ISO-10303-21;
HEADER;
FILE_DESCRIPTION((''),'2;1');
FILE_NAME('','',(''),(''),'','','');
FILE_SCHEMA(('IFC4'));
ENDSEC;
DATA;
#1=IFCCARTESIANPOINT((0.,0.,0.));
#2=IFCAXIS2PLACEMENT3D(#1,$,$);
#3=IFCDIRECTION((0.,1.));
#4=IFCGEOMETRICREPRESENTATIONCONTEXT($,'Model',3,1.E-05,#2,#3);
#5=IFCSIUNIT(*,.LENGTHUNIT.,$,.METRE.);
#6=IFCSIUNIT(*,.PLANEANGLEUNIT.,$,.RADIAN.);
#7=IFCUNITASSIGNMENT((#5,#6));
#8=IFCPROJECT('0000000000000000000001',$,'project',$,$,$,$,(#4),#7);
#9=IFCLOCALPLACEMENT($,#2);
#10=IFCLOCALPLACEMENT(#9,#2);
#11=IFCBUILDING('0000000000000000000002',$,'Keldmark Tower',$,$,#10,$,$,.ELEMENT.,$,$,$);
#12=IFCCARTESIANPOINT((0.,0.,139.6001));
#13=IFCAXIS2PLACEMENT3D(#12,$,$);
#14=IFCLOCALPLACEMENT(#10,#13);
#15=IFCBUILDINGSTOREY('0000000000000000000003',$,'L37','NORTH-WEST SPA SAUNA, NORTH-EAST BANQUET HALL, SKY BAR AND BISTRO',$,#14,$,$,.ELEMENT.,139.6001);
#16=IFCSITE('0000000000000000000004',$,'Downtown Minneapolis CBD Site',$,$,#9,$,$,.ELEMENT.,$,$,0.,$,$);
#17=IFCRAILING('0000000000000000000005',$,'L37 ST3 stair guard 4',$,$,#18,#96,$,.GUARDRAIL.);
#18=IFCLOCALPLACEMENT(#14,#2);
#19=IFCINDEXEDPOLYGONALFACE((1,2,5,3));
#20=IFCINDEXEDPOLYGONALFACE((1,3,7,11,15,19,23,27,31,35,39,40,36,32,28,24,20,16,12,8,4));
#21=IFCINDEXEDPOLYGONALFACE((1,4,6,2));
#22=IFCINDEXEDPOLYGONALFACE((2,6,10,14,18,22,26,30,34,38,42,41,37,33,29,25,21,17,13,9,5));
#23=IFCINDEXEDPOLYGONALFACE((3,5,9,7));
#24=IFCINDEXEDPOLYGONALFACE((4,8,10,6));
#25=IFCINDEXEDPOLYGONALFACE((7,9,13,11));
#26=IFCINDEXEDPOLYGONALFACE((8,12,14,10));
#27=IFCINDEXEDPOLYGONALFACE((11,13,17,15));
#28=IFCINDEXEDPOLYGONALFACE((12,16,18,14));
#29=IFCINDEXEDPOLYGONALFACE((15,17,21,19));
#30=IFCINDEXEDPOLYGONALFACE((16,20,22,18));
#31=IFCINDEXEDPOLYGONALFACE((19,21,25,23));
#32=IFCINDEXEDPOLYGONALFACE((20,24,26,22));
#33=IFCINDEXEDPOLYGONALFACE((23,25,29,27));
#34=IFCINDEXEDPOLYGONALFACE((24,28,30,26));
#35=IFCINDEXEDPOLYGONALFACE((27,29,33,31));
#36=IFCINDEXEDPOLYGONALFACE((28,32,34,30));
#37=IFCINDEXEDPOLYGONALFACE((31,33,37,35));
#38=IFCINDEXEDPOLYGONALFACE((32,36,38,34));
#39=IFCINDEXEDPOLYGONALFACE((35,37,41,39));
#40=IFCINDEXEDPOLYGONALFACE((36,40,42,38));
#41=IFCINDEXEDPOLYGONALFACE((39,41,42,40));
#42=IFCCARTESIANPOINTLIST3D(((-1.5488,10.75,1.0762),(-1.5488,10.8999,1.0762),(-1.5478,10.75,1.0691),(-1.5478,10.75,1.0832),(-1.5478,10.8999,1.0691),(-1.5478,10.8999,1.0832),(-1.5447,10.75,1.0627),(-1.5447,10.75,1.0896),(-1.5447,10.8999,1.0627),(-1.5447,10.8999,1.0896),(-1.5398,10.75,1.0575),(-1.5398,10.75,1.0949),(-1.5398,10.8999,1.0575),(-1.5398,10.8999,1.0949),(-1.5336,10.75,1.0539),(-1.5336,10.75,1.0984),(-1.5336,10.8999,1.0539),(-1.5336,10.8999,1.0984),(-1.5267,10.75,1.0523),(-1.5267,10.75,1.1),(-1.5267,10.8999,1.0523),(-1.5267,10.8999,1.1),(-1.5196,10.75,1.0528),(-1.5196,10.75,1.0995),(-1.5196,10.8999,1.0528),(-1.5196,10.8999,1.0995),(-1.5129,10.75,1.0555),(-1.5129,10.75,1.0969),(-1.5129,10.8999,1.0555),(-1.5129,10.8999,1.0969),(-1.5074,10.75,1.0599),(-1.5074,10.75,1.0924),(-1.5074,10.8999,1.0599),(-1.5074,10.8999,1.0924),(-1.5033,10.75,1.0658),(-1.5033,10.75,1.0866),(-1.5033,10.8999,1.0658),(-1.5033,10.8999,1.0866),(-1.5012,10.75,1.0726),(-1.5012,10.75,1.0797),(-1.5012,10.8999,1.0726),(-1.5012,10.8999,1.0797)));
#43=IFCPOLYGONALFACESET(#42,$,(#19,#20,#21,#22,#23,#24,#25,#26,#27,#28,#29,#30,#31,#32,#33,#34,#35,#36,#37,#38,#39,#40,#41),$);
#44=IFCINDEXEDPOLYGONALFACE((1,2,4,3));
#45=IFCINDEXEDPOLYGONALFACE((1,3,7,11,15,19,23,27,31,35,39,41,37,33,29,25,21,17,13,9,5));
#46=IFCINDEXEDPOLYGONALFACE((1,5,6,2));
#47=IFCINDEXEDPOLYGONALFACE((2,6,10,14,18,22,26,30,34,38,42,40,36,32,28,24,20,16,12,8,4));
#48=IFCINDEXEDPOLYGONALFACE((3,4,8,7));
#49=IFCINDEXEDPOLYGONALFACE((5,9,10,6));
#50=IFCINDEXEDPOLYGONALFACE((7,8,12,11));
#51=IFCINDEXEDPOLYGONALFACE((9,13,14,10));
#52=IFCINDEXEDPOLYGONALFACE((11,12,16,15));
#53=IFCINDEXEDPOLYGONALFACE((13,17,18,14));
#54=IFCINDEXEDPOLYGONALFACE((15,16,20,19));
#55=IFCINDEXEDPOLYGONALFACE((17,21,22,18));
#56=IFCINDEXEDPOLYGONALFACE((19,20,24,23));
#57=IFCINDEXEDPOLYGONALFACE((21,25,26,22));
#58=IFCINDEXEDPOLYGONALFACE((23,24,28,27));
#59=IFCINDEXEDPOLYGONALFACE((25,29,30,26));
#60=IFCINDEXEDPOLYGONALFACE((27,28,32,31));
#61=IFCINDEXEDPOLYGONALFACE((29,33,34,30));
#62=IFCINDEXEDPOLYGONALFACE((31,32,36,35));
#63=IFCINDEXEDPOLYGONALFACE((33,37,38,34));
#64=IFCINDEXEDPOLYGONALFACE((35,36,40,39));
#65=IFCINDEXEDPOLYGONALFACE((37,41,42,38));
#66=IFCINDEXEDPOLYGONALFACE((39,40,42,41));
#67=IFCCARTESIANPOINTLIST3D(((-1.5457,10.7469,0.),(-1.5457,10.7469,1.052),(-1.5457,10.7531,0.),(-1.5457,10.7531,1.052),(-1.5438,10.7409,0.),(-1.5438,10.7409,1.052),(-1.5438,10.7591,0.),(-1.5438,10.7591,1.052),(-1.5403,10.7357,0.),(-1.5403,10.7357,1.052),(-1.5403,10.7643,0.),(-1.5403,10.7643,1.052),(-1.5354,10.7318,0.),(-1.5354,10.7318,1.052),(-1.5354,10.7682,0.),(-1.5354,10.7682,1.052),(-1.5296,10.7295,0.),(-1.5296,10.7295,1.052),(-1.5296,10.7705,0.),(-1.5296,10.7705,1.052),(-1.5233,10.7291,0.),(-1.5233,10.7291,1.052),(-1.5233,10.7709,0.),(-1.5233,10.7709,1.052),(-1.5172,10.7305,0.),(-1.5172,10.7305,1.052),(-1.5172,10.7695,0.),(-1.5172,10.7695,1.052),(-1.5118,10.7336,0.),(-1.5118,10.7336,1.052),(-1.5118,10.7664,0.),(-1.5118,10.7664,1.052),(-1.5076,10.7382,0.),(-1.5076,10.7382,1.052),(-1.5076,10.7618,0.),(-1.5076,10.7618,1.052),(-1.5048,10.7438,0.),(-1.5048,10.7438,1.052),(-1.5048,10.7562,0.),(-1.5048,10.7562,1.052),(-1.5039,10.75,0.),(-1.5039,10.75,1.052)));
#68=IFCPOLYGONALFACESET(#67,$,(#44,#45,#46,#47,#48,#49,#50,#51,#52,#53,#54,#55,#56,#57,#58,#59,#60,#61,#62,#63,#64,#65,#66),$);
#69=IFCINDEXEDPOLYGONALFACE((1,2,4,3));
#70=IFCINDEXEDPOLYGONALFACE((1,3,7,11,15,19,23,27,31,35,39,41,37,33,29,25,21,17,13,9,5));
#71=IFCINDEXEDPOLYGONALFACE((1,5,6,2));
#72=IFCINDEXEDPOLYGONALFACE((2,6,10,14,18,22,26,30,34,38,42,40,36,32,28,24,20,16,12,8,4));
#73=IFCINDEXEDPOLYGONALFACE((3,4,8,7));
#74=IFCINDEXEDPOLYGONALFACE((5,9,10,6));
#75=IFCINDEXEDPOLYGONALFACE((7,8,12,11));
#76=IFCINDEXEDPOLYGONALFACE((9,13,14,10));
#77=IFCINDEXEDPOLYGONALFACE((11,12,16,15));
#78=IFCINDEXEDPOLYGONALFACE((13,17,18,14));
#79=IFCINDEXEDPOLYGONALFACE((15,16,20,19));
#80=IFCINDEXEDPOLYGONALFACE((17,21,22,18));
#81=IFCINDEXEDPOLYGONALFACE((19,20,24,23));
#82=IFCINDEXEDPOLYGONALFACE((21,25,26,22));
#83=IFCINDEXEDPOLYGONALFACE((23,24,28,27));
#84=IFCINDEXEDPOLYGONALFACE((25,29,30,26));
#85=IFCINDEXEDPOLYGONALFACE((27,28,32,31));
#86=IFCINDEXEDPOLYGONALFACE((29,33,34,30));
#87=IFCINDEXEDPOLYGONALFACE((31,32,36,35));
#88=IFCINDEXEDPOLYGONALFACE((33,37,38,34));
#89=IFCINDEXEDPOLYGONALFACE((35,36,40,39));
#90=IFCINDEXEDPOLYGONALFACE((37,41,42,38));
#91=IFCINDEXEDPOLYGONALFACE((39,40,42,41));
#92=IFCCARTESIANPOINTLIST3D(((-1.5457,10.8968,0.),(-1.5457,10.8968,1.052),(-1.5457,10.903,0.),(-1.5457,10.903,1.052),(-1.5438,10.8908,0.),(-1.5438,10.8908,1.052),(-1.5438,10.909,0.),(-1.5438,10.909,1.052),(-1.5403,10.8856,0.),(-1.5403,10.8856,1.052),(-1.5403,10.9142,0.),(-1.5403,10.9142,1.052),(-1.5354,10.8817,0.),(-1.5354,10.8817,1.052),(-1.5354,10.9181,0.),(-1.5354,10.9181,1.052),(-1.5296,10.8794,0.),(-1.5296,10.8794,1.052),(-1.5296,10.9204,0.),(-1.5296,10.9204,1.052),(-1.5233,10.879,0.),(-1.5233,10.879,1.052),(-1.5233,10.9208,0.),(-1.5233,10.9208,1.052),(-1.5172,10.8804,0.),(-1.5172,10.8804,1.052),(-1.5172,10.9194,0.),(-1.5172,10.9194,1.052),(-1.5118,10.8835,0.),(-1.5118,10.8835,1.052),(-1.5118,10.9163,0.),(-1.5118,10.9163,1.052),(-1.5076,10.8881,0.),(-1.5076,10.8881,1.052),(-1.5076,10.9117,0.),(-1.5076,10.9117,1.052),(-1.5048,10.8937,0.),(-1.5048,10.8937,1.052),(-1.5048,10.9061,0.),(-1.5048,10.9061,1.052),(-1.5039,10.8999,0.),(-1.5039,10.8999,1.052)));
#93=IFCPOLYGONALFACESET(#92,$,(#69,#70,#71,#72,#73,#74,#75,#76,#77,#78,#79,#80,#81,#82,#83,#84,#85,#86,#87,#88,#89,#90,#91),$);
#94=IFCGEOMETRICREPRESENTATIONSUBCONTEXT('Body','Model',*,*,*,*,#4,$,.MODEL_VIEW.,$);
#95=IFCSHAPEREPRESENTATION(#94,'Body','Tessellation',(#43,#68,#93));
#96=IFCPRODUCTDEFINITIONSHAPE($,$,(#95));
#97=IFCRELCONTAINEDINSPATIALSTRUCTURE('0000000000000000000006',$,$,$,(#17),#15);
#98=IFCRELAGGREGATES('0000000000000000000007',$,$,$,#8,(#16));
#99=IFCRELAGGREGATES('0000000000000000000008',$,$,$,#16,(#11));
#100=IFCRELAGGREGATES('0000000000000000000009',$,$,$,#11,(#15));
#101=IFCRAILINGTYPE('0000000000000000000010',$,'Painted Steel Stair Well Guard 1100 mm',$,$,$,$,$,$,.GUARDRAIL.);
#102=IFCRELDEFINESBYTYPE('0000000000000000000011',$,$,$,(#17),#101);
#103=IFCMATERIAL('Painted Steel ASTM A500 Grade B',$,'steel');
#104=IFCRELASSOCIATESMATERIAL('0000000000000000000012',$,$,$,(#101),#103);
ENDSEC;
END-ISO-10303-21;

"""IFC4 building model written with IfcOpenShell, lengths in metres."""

from ifc_helpers import new_model, si_unit, direction, frame, origin, origin_2d, place, context, subcontext, project, spatial, circle, extrude, material, type_object, element, save


model = new_model("IFC4")

# Units and contexts
model_context = context("Model", 3, precision=1e-05, world=origin(), true_north=direction((0.0, 1.0)))
body_context = subcontext(model_context, "Body", "Model", "MODEL_VIEW")
ifc_project = project(units=[si_unit("LENGTHUNIT", "METRE"), si_unit("PLANEANGLEUNIT", "RADIAN")], contexts=[model_context])

# Site, building, storey
site_placement = place(None, origin())
site = spatial("IfcSite", under=ifc_project, at=site_placement, Name="Downtown Minneapolis CBD Site", CompositionType="ELEMENT", RefElevation=0.0)
building_placement = place(site_placement, origin())
building = spatial("IfcBuilding", under=site, at=building_placement, Name="Keldmark Tower", CompositionType="ELEMENT")
storey_placement = place(building_placement, frame((0.0, 0.0, 139.6001)))
storey = spatial("IfcBuildingStorey", under=building, at=storey_placement, Name="L37", Description="NORTH-WEST SPA SAUNA, NORTH-EAST BANQUET HALL, SKY BAR AND BISTRO", CompositionType="ELEMENT", Elevation=139.6001)

# Railing
ifc_material_1 = material(Name="Painted Steel ASTM A500 Grade B", Category="steel")
railing_type_1 = type_object("IfcRailingType", Name="Painted Steel Stair Well Guard 1100 mm", PredefinedType="GUARDRAIL", material=ifc_material_1)
railing_1_placement = place(storey_placement, frame((-1.5249, 10.75, 0.0)))
element("IfcRailing", 1, at=railing_1_placement, inside=storey, type_object=railing_type_1, Name="L37 ST3 stair guard 4", PredefinedType="GUARDRAIL", context=body_context, shape_type="SweptSolid", body=[
    extrude(circle(Radius=0.0239, at=origin_2d()), frame((0.0, 0.0, 1.0762), z_axis=(0.0, 1.0, 0.0), x_axis=(-1.0, 0.0, 0.0)), (0.0, 0.0, 1.0), 0.1499),
    extrude(circle(Radius=0.021, at=origin_2d()), origin(), (0.0, 0.0, 1.0), 1.052),
    extrude(circle(Radius=0.021, at=origin_2d()), frame((0.0, 0.1499, 0.0)), (0.0, 0.0, 1.0), 1.052),
])

save(model, "model.ifc")
